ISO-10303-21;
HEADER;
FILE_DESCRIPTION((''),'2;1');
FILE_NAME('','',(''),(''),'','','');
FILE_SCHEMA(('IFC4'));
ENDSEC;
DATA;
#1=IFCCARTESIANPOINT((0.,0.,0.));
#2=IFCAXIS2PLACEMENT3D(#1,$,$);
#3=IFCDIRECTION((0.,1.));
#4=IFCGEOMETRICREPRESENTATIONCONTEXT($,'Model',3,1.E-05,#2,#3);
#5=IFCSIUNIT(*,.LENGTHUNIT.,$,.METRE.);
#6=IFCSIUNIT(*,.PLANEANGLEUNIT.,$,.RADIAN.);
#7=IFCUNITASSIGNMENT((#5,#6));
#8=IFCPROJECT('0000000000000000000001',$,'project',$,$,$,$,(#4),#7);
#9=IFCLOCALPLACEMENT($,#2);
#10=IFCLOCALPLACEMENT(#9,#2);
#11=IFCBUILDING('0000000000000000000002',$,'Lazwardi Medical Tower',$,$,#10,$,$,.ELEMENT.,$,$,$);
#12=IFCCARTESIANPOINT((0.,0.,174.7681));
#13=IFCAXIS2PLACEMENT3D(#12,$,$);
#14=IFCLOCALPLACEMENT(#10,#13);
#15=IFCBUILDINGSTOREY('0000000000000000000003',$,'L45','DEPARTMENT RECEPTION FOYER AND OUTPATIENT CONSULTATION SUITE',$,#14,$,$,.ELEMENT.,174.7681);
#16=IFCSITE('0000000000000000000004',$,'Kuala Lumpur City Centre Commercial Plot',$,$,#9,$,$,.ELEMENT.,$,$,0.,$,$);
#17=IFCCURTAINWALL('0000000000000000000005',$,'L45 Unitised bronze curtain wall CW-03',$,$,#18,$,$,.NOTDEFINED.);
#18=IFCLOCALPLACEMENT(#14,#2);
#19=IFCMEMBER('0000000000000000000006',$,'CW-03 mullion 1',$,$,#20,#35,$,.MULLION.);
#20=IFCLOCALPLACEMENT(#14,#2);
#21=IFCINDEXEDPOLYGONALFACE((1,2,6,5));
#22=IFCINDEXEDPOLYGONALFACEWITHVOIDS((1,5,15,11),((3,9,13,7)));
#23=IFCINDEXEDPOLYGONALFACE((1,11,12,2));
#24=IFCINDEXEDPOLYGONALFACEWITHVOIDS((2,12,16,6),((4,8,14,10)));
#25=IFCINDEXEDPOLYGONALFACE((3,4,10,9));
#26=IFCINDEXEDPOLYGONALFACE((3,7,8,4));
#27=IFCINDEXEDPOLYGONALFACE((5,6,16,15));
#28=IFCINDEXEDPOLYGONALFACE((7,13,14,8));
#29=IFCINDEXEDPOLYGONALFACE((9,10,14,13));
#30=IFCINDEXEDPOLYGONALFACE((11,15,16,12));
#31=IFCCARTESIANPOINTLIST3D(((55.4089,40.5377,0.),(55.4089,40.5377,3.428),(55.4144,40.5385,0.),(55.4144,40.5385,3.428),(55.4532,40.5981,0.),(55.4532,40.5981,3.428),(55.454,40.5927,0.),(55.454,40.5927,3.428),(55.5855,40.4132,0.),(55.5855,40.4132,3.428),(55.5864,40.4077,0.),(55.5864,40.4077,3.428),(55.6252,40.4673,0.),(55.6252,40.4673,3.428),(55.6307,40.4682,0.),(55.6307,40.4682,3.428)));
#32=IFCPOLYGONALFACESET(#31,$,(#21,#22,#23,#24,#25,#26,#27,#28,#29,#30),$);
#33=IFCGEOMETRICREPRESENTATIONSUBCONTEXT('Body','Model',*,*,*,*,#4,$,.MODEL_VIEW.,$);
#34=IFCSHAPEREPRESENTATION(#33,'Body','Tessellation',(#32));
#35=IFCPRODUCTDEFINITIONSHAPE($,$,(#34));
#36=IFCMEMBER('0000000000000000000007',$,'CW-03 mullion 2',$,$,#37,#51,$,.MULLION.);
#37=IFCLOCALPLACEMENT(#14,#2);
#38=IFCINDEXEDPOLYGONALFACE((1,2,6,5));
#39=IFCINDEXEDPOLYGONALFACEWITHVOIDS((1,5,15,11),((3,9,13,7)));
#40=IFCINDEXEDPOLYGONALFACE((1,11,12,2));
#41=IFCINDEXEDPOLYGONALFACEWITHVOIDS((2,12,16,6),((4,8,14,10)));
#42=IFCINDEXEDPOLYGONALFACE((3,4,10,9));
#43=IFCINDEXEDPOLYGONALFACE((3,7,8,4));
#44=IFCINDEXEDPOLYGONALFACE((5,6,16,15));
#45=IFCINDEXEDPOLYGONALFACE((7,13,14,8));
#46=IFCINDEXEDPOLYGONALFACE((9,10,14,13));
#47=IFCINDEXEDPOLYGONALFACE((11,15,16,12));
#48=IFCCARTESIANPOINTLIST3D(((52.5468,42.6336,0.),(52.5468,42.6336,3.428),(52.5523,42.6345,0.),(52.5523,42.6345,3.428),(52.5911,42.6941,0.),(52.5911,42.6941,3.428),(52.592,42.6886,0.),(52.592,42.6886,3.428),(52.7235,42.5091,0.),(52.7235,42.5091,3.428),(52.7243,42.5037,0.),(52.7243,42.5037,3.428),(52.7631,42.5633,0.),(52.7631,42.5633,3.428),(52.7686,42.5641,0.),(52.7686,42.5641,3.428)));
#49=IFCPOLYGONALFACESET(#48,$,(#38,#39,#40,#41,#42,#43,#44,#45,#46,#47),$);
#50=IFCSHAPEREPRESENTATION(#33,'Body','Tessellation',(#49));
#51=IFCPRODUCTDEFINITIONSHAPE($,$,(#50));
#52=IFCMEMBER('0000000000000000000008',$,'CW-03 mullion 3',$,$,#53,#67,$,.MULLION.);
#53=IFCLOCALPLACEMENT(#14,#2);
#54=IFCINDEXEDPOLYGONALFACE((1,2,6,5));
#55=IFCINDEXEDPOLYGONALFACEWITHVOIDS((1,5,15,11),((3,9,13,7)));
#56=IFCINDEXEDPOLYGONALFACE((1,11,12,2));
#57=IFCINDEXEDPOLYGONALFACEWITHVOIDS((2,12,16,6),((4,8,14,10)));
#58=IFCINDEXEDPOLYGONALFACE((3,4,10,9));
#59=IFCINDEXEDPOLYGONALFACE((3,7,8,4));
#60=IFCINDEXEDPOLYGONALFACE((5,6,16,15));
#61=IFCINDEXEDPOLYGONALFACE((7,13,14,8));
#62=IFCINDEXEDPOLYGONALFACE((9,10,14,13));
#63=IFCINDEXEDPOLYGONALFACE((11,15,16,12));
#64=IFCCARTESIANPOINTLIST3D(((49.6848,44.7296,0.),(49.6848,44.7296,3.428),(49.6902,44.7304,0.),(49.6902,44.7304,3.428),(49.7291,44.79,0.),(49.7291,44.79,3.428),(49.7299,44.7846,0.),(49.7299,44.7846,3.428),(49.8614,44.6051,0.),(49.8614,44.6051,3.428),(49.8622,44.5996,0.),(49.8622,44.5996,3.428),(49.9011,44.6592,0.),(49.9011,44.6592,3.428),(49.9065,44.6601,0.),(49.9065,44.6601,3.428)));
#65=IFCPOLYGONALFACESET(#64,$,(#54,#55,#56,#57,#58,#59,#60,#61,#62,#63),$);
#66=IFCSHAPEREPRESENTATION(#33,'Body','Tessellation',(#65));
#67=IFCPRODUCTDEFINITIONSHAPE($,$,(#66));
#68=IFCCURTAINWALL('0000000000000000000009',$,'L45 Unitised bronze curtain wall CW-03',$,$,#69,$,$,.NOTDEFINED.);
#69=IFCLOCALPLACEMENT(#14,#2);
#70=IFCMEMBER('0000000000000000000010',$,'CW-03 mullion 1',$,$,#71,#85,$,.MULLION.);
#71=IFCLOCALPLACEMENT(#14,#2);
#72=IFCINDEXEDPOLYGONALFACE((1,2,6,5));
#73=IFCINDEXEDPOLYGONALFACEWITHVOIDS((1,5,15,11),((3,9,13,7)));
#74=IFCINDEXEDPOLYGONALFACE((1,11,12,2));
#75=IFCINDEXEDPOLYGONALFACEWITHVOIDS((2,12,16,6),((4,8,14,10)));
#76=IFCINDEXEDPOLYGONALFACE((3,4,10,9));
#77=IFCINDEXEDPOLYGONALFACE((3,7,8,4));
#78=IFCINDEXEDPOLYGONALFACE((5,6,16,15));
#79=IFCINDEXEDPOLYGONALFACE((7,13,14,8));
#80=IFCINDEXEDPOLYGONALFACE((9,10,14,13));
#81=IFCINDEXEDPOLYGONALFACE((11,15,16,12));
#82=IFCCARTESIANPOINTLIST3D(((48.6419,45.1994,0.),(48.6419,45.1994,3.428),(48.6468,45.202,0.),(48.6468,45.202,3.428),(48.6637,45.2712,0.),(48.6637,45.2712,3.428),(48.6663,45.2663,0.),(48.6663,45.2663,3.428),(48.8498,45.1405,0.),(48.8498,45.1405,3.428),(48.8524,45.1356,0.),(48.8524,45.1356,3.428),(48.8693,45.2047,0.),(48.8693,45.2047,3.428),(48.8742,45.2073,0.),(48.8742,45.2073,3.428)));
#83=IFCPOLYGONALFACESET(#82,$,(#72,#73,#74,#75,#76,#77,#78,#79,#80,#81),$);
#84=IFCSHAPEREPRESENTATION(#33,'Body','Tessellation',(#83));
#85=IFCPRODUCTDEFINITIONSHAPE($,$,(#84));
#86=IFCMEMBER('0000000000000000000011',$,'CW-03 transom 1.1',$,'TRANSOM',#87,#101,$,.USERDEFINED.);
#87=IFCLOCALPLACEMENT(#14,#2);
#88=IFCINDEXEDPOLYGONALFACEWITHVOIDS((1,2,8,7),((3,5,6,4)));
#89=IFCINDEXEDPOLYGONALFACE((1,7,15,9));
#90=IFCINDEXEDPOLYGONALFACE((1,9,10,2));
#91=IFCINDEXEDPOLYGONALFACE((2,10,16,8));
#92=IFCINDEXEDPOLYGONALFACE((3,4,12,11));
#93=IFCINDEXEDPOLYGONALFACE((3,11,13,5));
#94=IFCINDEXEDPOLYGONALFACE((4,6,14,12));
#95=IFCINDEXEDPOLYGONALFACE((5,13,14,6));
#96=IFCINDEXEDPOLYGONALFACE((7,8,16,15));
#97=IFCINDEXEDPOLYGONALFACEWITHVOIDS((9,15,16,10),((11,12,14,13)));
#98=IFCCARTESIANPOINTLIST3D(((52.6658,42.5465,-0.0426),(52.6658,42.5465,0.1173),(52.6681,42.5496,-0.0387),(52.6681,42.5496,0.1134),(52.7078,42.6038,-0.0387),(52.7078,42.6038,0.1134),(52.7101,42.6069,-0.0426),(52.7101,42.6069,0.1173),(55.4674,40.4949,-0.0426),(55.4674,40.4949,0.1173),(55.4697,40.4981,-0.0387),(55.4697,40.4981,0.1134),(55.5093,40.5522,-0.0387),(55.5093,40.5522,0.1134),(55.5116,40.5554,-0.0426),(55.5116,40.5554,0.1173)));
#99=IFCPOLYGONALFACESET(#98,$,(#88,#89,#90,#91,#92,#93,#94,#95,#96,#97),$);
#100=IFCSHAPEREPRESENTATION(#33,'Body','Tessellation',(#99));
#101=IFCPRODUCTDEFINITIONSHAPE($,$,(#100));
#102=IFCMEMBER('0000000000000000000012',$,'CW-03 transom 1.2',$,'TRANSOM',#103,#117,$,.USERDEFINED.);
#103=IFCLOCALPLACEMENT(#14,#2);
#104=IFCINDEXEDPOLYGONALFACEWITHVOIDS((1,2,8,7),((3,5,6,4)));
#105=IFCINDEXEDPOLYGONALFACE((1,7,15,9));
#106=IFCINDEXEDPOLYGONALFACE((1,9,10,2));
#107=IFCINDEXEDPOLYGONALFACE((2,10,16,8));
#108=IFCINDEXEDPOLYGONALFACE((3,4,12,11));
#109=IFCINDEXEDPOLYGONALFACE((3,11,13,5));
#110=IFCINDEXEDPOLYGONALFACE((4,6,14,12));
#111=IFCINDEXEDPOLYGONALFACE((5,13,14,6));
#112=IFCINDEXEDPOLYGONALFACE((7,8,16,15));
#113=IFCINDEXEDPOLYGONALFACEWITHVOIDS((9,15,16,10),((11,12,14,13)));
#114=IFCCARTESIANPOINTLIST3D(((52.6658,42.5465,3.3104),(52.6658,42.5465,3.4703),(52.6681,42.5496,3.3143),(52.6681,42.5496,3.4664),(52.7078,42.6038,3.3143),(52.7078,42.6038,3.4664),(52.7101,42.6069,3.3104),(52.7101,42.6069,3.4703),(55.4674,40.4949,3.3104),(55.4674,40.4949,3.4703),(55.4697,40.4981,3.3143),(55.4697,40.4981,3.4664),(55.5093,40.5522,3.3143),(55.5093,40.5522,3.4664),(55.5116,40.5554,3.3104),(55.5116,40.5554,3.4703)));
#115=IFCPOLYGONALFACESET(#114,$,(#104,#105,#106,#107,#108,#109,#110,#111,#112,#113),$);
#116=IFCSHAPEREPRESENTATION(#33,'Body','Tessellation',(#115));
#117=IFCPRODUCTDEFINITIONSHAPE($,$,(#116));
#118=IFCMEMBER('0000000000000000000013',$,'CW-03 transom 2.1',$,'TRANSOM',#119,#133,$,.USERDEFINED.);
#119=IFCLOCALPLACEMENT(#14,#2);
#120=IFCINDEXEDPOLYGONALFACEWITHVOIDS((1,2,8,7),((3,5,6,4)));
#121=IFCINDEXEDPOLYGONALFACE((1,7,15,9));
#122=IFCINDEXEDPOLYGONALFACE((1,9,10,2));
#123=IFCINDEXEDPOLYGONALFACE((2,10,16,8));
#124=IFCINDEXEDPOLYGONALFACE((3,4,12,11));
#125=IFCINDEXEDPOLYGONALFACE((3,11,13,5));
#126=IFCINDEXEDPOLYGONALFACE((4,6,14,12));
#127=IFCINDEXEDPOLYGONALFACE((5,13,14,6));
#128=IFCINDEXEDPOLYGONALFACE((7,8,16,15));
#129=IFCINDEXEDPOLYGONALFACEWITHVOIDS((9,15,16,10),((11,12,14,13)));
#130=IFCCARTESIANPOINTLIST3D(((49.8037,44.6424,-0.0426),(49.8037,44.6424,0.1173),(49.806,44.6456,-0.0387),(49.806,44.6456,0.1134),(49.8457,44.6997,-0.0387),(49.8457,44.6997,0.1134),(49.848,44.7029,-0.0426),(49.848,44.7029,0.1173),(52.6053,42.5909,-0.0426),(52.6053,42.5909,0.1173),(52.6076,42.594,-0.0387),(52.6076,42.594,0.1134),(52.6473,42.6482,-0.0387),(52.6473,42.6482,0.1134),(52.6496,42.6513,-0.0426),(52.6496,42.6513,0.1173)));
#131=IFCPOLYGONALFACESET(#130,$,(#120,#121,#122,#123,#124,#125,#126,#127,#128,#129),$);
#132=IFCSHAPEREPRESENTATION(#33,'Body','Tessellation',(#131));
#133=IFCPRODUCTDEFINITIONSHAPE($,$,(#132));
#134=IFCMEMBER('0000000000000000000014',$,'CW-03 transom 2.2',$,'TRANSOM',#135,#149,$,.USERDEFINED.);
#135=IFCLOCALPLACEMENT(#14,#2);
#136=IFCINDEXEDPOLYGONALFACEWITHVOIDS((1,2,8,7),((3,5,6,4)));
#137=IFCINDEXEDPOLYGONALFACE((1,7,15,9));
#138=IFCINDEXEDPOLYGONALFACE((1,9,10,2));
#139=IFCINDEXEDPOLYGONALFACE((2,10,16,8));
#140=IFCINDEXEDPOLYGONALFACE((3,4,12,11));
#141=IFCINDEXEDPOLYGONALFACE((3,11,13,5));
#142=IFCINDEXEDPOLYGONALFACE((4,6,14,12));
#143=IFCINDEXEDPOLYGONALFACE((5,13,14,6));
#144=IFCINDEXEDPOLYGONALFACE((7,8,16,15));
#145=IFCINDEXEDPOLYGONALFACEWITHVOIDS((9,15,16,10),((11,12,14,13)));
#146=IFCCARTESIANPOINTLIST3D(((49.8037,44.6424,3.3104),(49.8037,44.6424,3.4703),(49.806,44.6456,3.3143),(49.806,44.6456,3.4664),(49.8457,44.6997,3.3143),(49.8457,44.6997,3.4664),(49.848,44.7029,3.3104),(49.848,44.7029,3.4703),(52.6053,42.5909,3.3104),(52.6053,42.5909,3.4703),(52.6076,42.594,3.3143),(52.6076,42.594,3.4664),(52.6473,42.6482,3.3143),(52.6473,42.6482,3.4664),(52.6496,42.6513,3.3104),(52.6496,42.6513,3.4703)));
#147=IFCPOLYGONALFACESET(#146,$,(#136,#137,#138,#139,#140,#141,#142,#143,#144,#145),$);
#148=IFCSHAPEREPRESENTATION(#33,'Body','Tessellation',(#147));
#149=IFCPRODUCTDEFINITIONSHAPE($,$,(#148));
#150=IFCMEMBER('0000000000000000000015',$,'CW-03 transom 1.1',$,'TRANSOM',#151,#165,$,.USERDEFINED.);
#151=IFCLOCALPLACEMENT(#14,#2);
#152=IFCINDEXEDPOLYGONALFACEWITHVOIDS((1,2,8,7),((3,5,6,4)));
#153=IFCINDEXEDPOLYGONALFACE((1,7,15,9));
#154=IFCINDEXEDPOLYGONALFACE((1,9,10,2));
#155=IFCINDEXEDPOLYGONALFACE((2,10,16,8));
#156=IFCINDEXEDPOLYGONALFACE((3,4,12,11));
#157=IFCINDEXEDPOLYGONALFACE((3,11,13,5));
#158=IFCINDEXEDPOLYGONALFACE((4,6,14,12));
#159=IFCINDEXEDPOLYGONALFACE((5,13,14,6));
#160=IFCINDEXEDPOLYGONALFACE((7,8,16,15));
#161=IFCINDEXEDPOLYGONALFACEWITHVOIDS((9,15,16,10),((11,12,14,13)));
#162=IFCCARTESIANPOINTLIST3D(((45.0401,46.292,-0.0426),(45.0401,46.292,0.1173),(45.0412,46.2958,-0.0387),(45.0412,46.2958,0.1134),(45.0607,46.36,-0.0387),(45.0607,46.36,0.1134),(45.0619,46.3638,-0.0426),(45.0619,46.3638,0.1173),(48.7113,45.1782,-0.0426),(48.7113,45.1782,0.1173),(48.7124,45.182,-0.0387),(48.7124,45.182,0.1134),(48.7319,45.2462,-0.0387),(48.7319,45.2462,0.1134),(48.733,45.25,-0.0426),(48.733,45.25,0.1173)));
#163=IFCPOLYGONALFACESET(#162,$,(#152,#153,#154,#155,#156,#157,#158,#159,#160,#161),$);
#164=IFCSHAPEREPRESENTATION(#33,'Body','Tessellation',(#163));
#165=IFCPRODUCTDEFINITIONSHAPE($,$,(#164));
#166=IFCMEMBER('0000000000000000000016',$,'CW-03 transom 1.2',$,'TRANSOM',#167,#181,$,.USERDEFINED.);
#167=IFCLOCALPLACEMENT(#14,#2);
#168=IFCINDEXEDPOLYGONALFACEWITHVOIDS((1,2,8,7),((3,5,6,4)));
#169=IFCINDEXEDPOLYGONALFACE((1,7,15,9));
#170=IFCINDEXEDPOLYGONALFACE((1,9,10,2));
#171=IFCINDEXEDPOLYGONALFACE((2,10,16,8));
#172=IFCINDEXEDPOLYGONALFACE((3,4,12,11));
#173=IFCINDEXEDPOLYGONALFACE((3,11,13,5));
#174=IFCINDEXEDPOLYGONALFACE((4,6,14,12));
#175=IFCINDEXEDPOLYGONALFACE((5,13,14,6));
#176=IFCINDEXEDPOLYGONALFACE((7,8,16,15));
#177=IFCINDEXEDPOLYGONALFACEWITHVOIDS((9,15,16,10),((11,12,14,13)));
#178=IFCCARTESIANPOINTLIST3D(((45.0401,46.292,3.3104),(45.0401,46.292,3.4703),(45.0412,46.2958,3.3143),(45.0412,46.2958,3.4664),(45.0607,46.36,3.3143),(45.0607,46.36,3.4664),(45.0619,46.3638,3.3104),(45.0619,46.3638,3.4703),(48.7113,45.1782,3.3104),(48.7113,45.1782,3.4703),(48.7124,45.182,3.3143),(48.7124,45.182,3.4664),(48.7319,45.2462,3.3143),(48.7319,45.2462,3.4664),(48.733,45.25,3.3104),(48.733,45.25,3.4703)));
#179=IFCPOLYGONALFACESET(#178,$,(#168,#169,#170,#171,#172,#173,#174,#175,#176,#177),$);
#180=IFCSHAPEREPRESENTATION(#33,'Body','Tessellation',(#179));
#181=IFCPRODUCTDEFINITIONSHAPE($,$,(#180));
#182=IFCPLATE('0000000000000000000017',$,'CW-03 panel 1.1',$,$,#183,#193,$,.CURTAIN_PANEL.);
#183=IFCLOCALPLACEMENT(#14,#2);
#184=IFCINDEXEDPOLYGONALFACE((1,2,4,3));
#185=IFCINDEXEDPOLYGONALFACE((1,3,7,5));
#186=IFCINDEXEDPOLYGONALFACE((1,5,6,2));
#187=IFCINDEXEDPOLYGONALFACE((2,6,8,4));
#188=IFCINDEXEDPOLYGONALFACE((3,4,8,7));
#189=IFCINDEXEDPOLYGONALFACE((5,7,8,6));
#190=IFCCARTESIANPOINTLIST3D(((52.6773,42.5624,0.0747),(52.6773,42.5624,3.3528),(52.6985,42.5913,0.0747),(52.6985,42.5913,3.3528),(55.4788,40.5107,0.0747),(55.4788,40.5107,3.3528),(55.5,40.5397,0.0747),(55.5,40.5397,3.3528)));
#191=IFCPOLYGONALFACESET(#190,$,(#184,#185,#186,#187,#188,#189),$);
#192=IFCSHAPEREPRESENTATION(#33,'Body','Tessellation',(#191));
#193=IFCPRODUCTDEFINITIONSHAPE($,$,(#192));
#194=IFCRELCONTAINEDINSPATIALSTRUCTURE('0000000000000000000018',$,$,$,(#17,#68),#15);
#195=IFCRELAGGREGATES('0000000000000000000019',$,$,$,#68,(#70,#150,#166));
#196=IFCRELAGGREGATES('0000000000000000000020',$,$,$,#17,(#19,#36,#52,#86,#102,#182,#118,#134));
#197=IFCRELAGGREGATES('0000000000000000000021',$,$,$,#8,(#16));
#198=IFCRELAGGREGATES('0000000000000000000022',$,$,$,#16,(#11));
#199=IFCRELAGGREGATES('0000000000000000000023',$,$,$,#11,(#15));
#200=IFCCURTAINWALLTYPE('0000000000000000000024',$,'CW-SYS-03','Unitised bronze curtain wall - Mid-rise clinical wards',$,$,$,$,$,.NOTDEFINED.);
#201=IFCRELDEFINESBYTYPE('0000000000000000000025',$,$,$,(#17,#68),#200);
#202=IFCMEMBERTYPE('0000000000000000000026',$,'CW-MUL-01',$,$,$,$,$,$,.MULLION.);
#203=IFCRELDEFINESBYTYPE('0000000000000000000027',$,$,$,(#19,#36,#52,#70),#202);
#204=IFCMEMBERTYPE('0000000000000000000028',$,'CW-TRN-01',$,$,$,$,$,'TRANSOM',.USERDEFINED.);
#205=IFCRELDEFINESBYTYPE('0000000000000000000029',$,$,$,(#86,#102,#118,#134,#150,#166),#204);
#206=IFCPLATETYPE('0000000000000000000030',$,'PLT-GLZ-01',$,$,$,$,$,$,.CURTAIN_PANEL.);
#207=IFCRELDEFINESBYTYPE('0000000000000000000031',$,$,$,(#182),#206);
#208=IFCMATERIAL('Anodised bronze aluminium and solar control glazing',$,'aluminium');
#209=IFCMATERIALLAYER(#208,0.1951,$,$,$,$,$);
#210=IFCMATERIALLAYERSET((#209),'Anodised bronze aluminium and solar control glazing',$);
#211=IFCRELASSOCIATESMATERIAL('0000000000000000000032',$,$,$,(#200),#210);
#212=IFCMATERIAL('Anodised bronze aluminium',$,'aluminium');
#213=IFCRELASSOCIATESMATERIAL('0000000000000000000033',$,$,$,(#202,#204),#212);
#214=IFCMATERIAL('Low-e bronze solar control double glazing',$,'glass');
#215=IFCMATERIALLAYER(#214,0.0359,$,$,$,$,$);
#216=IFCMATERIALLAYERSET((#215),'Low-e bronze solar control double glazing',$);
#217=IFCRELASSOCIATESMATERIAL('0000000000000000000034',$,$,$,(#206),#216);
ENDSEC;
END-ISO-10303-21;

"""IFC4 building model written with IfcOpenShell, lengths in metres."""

from ifc_helpers import new_model, si_unit, direction, frame, origin, origin_2d, place, context, subcontext, project, spatial, rectangle, hollow_rectangle, extrude, material, layer, layer_set, material_profile, profile_set, type_object, element, aggregate, save


model = new_model("IFC4")

# Units and contexts
model_context = context("Model", 3, precision=1e-05, world=origin(), true_north=direction((0.0, 1.0)))
body_context = subcontext(model_context, "Body", "Model", "MODEL_VIEW")
ifc_project = project(units=[si_unit("LENGTHUNIT", "METRE"), si_unit("PLANEANGLEUNIT", "RADIAN")], contexts=[model_context])

# Site, building, storey
site_placement = place(None, origin())
site = spatial("IfcSite", under=ifc_project, at=site_placement, Name="Kuala Lumpur City Centre Commercial Plot", CompositionType="ELEMENT", RefElevation=0.0)
building_placement = place(site_placement, origin())
building = spatial("IfcBuilding", under=site, at=building_placement, Name="Lazwardi Medical Tower", CompositionType="ELEMENT")
storey_placement = place(building_placement, frame((0.0, 0.0, 174.7681)))
storey = spatial("IfcBuildingStorey", under=building, at=storey_placement, Name="L45", Description="DEPARTMENT RECEPTION FOYER AND OUTPATIENT CONSULTATION SUITE", CompositionType="ELEMENT", Elevation=174.7681)

# Shared definitions
ifc_material_1 = material(Name="Anodised bronze aluminium and solar control glazing", Category="aluminium")
ifc_layer_1 = layer(ifc_material_1, 0.1951)
ifc_layer_set_1 = layer_set([ifc_layer_1], Name="Anodised bronze aluminium and solar control glazing")
curtain_wall_type = type_object("IfcCurtainWallType", Name="CW-SYS-03", Description="Unitised bronze curtain wall - Mid-rise clinical wards", PredefinedType="NOTDEFINED", material=ifc_layer_set_1)
ifc_material_2 = material(Name="Anodised bronze aluminium", Category="aluminium")
ifc_material_profile_1 = material_profile(ifc_material_2, hollow_rectangle(XDim=0.075, YDim=0.22, WallThickness=0.0039, at=origin_2d()), Name="ALU-MULLION 220x75x4")
ifc_profile_set_1 = profile_set([ifc_material_profile_1], Name="Anodised bronze aluminium")
member_type_1 = type_object("IfcMemberType", Name="CW-MUL-01", PredefinedType="MULLION", material=ifc_profile_set_1)

# Curtain wall, members
curtain_wall_1_placement = place(storey_placement, origin())
curtain_wall_1 = element("IfcCurtainWall", 1, at=curtain_wall_1_placement, inside=storey, type_object=curtain_wall_type, Name="L45 Unitised bronze curtain wall CW-03", PredefinedType="NOTDEFINED")
member_1_placement = place(storey_placement, frame((55.5198, 40.5029, 0.0), z_axis=(0.0, 0.0, 1.0), x_axis=(-0.590834, -0.806793, 0.0)))
member_1 = element("IfcMember", 2, at=member_1_placement, type_object=member_type_1, Name="CW-03 mullion 1", PredefinedType="MULLION", context=body_context, shape_type="SweptSolid", body=[
    extrude(hollow_rectangle(XDim=0.075, YDim=0.22, WallThickness=0.0039, at=origin_2d()), origin(), (0.0, 0.0, 1.0), 3.428),
])
member_2_placement = place(storey_placement, frame((52.6577, 42.5989, 0.0), z_axis=(0.0, 0.0, 1.0), x_axis=(-0.590834, -0.806793, 0.0)))
member_2 = element("IfcMember", 3, at=member_2_placement, type_object=member_type_1, Name="CW-03 mullion 2", PredefinedType="MULLION", context=body_context, shape_type="SweptSolid", body=[
    extrude(hollow_rectangle(XDim=0.075, YDim=0.22, WallThickness=0.0039, at=origin_2d()), origin(), (0.0, 0.0, 1.0), 3.428),
])
member_3_placement = place(storey_placement, frame((49.7957, 44.6948, 0.0), z_axis=(0.0, 0.0, 1.0), x_axis=(-0.590834, -0.806793, 0.0)))
member_3 = element("IfcMember", 4, at=member_3_placement, type_object=member_type_1, Name="CW-03 mullion 3", PredefinedType="MULLION", context=body_context, shape_type="SweptSolid", body=[
    extrude(hollow_rectangle(XDim=0.075, YDim=0.22, WallThickness=0.0039, at=origin_2d()), origin(), (0.0, 0.0, 1.0), 3.428),
])

# Curtain wall, member
curtain_wall_2_placement = place(storey_placement, origin())
curtain_wall_2 = element("IfcCurtainWall", 5, at=curtain_wall_2_placement, inside=storey, type_object=curtain_wall_type, Name="L45 Unitised bronze curtain wall CW-03", PredefinedType="NOTDEFINED")
member_4_placement = place(storey_placement, frame((48.7581, 45.2034, 0.0), z_axis=(0.0, 0.0, 1.0), x_axis=(-0.290281, -0.956942, 0.0)))
member_4 = element("IfcMember", 6, at=member_4_placement, type_object=member_type_1, Name="CW-03 mullion 1", PredefinedType="MULLION", context=body_context, shape_type="SweptSolid", body=[
    extrude(hollow_rectangle(XDim=0.075, YDim=0.22, WallThickness=0.0039, at=origin_2d()), origin(), (0.0, 0.0, 1.0), 3.428),
])

# Members
ifc_material_profile_2 = material_profile(ifc_material_2, hollow_rectangle(XDim=0.075, YDim=0.1599, WallThickness=0.0039, at=origin_2d()), Name="ALU-TRANSOM 160x75x4")
ifc_profile_set_2 = profile_set([ifc_material_profile_2], Name="Anodised bronze aluminium")
member_type_2 = type_object("IfcMemberType", Name="CW-TRN-01", ElementType="TRANSOM", PredefinedType="USERDEFINED", material=ifc_profile_set_2)
member_5_placement = place(storey_placement, frame((55.4895, 40.5251, 0.0374), z_axis=(-0.806807, 0.590815, 0.0), x_axis=(-0.590815, -0.806807, 0.0)))
member_5 = element("IfcMember", 7, at=member_5_placement, type_object=member_type_2, Name="CW-03 transom 1.1", ObjectType="TRANSOM", PredefinedType="USERDEFINED", context=body_context, shape_type="SweptSolid", body=[
    extrude(hollow_rectangle(XDim=0.075, YDim=0.1599, WallThickness=0.0039, at=origin_2d()), origin(), (0.0, 0.0, 1.0), 3.4724),
])
member_6_placement = place(storey_placement, frame((55.4895, 40.5251, 3.3904), z_axis=(-0.806807, 0.590815, 0.0), x_axis=(-0.590815, -0.806807, 0.0)))
member_6 = element("IfcMember", 8, at=member_6_placement, type_object=member_type_2, Name="CW-03 transom 1.2", ObjectType="TRANSOM", PredefinedType="USERDEFINED", context=body_context, shape_type="SweptSolid", body=[
    extrude(hollow_rectangle(XDim=0.075, YDim=0.1599, WallThickness=0.0039, at=origin_2d()), origin(), (0.0, 0.0, 1.0), 3.4724),
])
member_7_placement = place(storey_placement, frame((52.6274, 42.6211, 0.0374), z_axis=(-0.806807, 0.590815, 0.0), x_axis=(-0.590815, -0.806807, 0.0)))
member_7 = element("IfcMember", 9, at=member_7_placement, type_object=member_type_2, Name="CW-03 transom 2.1", ObjectType="TRANSOM", PredefinedType="USERDEFINED", context=body_context, shape_type="SweptSolid", body=[
    extrude(hollow_rectangle(XDim=0.075, YDim=0.1599, WallThickness=0.0039, at=origin_2d()), origin(), (0.0, 0.0, 1.0), 3.4724),
])
member_8_placement = place(storey_placement, frame((52.6274, 42.6211, 3.3904), z_axis=(-0.806807, 0.590815, 0.0), x_axis=(-0.590815, -0.806807, 0.0)))
member_8 = element("IfcMember", 10, at=member_8_placement, type_object=member_type_2, Name="CW-03 transom 2.2", ObjectType="TRANSOM", PredefinedType="USERDEFINED", context=body_context, shape_type="SweptSolid", body=[
    extrude(hollow_rectangle(XDim=0.075, YDim=0.1599, WallThickness=0.0039, at=origin_2d()), origin(), (0.0, 0.0, 1.0), 3.4724),
])
member_9_placement = place(storey_placement, frame((48.7222, 45.2141, 0.0374), z_axis=(-0.95693, 0.290318, 0.0), x_axis=(-0.290318, -0.95693, 0.0)))
member_9 = element("IfcMember", 11, at=member_9_placement, type_object=member_type_2, Name="CW-03 transom 1.1", ObjectType="TRANSOM", PredefinedType="USERDEFINED", context=body_context, shape_type="SweptSolid", body=[
    extrude(hollow_rectangle(XDim=0.075, YDim=0.1599, WallThickness=0.0039, at=origin_2d()), origin(), (0.0, 0.0, 1.0), 3.8364),
])
member_10_placement = place(storey_placement, frame((48.7222, 45.2141, 3.3904), z_axis=(-0.95693, 0.290318, 0.0), x_axis=(-0.290318, -0.95693, 0.0)))
member_10 = element("IfcMember", 12, at=member_10_placement, type_object=member_type_2, Name="CW-03 transom 1.2", ObjectType="TRANSOM", PredefinedType="USERDEFINED", context=body_context, shape_type="SweptSolid", body=[
    extrude(hollow_rectangle(XDim=0.075, YDim=0.1599, WallThickness=0.0039, at=origin_2d()), origin(), (0.0, 0.0, 1.0), 3.8364),
])
aggregate(curtain_wall_2, [member_4, member_9, member_10])

# Plate
ifc_material_3 = material(Name="Low-e bronze solar control double glazing", Category="glass")
ifc_layer_2 = layer(ifc_material_3, 0.0359)
ifc_layer_set_2 = layer_set([ifc_layer_2], Name="Low-e bronze solar control double glazing")
plate_type = type_object("IfcPlateType", Name="PLT-GLZ-01", PredefinedType="CURTAIN_PANEL", material=ifc_layer_set_2)
plate_1_placement = place(storey_placement, frame((54.0886, 41.551, 0.0747), z_axis=(0.0, 0.0, 1.0), x_axis=(-0.806793, 0.590834, 0.0)))
plate_1 = element("IfcPlate", 13, at=plate_1_placement, type_object=plate_type, Name="CW-03 panel 1.1", PredefinedType="CURTAIN_PANEL", context=body_context, shape_type="SweptSolid", body=[
    extrude(rectangle(XDim=3.4724, YDim=0.0359, at=origin_2d()), origin(), (0.0, 0.0, 1.0), 3.2781),
])
aggregate(curtain_wall_1, [member_1, member_2, member_3, member_5, member_6, plate_1, member_7, member_8])

save(model, "model.ifc")
